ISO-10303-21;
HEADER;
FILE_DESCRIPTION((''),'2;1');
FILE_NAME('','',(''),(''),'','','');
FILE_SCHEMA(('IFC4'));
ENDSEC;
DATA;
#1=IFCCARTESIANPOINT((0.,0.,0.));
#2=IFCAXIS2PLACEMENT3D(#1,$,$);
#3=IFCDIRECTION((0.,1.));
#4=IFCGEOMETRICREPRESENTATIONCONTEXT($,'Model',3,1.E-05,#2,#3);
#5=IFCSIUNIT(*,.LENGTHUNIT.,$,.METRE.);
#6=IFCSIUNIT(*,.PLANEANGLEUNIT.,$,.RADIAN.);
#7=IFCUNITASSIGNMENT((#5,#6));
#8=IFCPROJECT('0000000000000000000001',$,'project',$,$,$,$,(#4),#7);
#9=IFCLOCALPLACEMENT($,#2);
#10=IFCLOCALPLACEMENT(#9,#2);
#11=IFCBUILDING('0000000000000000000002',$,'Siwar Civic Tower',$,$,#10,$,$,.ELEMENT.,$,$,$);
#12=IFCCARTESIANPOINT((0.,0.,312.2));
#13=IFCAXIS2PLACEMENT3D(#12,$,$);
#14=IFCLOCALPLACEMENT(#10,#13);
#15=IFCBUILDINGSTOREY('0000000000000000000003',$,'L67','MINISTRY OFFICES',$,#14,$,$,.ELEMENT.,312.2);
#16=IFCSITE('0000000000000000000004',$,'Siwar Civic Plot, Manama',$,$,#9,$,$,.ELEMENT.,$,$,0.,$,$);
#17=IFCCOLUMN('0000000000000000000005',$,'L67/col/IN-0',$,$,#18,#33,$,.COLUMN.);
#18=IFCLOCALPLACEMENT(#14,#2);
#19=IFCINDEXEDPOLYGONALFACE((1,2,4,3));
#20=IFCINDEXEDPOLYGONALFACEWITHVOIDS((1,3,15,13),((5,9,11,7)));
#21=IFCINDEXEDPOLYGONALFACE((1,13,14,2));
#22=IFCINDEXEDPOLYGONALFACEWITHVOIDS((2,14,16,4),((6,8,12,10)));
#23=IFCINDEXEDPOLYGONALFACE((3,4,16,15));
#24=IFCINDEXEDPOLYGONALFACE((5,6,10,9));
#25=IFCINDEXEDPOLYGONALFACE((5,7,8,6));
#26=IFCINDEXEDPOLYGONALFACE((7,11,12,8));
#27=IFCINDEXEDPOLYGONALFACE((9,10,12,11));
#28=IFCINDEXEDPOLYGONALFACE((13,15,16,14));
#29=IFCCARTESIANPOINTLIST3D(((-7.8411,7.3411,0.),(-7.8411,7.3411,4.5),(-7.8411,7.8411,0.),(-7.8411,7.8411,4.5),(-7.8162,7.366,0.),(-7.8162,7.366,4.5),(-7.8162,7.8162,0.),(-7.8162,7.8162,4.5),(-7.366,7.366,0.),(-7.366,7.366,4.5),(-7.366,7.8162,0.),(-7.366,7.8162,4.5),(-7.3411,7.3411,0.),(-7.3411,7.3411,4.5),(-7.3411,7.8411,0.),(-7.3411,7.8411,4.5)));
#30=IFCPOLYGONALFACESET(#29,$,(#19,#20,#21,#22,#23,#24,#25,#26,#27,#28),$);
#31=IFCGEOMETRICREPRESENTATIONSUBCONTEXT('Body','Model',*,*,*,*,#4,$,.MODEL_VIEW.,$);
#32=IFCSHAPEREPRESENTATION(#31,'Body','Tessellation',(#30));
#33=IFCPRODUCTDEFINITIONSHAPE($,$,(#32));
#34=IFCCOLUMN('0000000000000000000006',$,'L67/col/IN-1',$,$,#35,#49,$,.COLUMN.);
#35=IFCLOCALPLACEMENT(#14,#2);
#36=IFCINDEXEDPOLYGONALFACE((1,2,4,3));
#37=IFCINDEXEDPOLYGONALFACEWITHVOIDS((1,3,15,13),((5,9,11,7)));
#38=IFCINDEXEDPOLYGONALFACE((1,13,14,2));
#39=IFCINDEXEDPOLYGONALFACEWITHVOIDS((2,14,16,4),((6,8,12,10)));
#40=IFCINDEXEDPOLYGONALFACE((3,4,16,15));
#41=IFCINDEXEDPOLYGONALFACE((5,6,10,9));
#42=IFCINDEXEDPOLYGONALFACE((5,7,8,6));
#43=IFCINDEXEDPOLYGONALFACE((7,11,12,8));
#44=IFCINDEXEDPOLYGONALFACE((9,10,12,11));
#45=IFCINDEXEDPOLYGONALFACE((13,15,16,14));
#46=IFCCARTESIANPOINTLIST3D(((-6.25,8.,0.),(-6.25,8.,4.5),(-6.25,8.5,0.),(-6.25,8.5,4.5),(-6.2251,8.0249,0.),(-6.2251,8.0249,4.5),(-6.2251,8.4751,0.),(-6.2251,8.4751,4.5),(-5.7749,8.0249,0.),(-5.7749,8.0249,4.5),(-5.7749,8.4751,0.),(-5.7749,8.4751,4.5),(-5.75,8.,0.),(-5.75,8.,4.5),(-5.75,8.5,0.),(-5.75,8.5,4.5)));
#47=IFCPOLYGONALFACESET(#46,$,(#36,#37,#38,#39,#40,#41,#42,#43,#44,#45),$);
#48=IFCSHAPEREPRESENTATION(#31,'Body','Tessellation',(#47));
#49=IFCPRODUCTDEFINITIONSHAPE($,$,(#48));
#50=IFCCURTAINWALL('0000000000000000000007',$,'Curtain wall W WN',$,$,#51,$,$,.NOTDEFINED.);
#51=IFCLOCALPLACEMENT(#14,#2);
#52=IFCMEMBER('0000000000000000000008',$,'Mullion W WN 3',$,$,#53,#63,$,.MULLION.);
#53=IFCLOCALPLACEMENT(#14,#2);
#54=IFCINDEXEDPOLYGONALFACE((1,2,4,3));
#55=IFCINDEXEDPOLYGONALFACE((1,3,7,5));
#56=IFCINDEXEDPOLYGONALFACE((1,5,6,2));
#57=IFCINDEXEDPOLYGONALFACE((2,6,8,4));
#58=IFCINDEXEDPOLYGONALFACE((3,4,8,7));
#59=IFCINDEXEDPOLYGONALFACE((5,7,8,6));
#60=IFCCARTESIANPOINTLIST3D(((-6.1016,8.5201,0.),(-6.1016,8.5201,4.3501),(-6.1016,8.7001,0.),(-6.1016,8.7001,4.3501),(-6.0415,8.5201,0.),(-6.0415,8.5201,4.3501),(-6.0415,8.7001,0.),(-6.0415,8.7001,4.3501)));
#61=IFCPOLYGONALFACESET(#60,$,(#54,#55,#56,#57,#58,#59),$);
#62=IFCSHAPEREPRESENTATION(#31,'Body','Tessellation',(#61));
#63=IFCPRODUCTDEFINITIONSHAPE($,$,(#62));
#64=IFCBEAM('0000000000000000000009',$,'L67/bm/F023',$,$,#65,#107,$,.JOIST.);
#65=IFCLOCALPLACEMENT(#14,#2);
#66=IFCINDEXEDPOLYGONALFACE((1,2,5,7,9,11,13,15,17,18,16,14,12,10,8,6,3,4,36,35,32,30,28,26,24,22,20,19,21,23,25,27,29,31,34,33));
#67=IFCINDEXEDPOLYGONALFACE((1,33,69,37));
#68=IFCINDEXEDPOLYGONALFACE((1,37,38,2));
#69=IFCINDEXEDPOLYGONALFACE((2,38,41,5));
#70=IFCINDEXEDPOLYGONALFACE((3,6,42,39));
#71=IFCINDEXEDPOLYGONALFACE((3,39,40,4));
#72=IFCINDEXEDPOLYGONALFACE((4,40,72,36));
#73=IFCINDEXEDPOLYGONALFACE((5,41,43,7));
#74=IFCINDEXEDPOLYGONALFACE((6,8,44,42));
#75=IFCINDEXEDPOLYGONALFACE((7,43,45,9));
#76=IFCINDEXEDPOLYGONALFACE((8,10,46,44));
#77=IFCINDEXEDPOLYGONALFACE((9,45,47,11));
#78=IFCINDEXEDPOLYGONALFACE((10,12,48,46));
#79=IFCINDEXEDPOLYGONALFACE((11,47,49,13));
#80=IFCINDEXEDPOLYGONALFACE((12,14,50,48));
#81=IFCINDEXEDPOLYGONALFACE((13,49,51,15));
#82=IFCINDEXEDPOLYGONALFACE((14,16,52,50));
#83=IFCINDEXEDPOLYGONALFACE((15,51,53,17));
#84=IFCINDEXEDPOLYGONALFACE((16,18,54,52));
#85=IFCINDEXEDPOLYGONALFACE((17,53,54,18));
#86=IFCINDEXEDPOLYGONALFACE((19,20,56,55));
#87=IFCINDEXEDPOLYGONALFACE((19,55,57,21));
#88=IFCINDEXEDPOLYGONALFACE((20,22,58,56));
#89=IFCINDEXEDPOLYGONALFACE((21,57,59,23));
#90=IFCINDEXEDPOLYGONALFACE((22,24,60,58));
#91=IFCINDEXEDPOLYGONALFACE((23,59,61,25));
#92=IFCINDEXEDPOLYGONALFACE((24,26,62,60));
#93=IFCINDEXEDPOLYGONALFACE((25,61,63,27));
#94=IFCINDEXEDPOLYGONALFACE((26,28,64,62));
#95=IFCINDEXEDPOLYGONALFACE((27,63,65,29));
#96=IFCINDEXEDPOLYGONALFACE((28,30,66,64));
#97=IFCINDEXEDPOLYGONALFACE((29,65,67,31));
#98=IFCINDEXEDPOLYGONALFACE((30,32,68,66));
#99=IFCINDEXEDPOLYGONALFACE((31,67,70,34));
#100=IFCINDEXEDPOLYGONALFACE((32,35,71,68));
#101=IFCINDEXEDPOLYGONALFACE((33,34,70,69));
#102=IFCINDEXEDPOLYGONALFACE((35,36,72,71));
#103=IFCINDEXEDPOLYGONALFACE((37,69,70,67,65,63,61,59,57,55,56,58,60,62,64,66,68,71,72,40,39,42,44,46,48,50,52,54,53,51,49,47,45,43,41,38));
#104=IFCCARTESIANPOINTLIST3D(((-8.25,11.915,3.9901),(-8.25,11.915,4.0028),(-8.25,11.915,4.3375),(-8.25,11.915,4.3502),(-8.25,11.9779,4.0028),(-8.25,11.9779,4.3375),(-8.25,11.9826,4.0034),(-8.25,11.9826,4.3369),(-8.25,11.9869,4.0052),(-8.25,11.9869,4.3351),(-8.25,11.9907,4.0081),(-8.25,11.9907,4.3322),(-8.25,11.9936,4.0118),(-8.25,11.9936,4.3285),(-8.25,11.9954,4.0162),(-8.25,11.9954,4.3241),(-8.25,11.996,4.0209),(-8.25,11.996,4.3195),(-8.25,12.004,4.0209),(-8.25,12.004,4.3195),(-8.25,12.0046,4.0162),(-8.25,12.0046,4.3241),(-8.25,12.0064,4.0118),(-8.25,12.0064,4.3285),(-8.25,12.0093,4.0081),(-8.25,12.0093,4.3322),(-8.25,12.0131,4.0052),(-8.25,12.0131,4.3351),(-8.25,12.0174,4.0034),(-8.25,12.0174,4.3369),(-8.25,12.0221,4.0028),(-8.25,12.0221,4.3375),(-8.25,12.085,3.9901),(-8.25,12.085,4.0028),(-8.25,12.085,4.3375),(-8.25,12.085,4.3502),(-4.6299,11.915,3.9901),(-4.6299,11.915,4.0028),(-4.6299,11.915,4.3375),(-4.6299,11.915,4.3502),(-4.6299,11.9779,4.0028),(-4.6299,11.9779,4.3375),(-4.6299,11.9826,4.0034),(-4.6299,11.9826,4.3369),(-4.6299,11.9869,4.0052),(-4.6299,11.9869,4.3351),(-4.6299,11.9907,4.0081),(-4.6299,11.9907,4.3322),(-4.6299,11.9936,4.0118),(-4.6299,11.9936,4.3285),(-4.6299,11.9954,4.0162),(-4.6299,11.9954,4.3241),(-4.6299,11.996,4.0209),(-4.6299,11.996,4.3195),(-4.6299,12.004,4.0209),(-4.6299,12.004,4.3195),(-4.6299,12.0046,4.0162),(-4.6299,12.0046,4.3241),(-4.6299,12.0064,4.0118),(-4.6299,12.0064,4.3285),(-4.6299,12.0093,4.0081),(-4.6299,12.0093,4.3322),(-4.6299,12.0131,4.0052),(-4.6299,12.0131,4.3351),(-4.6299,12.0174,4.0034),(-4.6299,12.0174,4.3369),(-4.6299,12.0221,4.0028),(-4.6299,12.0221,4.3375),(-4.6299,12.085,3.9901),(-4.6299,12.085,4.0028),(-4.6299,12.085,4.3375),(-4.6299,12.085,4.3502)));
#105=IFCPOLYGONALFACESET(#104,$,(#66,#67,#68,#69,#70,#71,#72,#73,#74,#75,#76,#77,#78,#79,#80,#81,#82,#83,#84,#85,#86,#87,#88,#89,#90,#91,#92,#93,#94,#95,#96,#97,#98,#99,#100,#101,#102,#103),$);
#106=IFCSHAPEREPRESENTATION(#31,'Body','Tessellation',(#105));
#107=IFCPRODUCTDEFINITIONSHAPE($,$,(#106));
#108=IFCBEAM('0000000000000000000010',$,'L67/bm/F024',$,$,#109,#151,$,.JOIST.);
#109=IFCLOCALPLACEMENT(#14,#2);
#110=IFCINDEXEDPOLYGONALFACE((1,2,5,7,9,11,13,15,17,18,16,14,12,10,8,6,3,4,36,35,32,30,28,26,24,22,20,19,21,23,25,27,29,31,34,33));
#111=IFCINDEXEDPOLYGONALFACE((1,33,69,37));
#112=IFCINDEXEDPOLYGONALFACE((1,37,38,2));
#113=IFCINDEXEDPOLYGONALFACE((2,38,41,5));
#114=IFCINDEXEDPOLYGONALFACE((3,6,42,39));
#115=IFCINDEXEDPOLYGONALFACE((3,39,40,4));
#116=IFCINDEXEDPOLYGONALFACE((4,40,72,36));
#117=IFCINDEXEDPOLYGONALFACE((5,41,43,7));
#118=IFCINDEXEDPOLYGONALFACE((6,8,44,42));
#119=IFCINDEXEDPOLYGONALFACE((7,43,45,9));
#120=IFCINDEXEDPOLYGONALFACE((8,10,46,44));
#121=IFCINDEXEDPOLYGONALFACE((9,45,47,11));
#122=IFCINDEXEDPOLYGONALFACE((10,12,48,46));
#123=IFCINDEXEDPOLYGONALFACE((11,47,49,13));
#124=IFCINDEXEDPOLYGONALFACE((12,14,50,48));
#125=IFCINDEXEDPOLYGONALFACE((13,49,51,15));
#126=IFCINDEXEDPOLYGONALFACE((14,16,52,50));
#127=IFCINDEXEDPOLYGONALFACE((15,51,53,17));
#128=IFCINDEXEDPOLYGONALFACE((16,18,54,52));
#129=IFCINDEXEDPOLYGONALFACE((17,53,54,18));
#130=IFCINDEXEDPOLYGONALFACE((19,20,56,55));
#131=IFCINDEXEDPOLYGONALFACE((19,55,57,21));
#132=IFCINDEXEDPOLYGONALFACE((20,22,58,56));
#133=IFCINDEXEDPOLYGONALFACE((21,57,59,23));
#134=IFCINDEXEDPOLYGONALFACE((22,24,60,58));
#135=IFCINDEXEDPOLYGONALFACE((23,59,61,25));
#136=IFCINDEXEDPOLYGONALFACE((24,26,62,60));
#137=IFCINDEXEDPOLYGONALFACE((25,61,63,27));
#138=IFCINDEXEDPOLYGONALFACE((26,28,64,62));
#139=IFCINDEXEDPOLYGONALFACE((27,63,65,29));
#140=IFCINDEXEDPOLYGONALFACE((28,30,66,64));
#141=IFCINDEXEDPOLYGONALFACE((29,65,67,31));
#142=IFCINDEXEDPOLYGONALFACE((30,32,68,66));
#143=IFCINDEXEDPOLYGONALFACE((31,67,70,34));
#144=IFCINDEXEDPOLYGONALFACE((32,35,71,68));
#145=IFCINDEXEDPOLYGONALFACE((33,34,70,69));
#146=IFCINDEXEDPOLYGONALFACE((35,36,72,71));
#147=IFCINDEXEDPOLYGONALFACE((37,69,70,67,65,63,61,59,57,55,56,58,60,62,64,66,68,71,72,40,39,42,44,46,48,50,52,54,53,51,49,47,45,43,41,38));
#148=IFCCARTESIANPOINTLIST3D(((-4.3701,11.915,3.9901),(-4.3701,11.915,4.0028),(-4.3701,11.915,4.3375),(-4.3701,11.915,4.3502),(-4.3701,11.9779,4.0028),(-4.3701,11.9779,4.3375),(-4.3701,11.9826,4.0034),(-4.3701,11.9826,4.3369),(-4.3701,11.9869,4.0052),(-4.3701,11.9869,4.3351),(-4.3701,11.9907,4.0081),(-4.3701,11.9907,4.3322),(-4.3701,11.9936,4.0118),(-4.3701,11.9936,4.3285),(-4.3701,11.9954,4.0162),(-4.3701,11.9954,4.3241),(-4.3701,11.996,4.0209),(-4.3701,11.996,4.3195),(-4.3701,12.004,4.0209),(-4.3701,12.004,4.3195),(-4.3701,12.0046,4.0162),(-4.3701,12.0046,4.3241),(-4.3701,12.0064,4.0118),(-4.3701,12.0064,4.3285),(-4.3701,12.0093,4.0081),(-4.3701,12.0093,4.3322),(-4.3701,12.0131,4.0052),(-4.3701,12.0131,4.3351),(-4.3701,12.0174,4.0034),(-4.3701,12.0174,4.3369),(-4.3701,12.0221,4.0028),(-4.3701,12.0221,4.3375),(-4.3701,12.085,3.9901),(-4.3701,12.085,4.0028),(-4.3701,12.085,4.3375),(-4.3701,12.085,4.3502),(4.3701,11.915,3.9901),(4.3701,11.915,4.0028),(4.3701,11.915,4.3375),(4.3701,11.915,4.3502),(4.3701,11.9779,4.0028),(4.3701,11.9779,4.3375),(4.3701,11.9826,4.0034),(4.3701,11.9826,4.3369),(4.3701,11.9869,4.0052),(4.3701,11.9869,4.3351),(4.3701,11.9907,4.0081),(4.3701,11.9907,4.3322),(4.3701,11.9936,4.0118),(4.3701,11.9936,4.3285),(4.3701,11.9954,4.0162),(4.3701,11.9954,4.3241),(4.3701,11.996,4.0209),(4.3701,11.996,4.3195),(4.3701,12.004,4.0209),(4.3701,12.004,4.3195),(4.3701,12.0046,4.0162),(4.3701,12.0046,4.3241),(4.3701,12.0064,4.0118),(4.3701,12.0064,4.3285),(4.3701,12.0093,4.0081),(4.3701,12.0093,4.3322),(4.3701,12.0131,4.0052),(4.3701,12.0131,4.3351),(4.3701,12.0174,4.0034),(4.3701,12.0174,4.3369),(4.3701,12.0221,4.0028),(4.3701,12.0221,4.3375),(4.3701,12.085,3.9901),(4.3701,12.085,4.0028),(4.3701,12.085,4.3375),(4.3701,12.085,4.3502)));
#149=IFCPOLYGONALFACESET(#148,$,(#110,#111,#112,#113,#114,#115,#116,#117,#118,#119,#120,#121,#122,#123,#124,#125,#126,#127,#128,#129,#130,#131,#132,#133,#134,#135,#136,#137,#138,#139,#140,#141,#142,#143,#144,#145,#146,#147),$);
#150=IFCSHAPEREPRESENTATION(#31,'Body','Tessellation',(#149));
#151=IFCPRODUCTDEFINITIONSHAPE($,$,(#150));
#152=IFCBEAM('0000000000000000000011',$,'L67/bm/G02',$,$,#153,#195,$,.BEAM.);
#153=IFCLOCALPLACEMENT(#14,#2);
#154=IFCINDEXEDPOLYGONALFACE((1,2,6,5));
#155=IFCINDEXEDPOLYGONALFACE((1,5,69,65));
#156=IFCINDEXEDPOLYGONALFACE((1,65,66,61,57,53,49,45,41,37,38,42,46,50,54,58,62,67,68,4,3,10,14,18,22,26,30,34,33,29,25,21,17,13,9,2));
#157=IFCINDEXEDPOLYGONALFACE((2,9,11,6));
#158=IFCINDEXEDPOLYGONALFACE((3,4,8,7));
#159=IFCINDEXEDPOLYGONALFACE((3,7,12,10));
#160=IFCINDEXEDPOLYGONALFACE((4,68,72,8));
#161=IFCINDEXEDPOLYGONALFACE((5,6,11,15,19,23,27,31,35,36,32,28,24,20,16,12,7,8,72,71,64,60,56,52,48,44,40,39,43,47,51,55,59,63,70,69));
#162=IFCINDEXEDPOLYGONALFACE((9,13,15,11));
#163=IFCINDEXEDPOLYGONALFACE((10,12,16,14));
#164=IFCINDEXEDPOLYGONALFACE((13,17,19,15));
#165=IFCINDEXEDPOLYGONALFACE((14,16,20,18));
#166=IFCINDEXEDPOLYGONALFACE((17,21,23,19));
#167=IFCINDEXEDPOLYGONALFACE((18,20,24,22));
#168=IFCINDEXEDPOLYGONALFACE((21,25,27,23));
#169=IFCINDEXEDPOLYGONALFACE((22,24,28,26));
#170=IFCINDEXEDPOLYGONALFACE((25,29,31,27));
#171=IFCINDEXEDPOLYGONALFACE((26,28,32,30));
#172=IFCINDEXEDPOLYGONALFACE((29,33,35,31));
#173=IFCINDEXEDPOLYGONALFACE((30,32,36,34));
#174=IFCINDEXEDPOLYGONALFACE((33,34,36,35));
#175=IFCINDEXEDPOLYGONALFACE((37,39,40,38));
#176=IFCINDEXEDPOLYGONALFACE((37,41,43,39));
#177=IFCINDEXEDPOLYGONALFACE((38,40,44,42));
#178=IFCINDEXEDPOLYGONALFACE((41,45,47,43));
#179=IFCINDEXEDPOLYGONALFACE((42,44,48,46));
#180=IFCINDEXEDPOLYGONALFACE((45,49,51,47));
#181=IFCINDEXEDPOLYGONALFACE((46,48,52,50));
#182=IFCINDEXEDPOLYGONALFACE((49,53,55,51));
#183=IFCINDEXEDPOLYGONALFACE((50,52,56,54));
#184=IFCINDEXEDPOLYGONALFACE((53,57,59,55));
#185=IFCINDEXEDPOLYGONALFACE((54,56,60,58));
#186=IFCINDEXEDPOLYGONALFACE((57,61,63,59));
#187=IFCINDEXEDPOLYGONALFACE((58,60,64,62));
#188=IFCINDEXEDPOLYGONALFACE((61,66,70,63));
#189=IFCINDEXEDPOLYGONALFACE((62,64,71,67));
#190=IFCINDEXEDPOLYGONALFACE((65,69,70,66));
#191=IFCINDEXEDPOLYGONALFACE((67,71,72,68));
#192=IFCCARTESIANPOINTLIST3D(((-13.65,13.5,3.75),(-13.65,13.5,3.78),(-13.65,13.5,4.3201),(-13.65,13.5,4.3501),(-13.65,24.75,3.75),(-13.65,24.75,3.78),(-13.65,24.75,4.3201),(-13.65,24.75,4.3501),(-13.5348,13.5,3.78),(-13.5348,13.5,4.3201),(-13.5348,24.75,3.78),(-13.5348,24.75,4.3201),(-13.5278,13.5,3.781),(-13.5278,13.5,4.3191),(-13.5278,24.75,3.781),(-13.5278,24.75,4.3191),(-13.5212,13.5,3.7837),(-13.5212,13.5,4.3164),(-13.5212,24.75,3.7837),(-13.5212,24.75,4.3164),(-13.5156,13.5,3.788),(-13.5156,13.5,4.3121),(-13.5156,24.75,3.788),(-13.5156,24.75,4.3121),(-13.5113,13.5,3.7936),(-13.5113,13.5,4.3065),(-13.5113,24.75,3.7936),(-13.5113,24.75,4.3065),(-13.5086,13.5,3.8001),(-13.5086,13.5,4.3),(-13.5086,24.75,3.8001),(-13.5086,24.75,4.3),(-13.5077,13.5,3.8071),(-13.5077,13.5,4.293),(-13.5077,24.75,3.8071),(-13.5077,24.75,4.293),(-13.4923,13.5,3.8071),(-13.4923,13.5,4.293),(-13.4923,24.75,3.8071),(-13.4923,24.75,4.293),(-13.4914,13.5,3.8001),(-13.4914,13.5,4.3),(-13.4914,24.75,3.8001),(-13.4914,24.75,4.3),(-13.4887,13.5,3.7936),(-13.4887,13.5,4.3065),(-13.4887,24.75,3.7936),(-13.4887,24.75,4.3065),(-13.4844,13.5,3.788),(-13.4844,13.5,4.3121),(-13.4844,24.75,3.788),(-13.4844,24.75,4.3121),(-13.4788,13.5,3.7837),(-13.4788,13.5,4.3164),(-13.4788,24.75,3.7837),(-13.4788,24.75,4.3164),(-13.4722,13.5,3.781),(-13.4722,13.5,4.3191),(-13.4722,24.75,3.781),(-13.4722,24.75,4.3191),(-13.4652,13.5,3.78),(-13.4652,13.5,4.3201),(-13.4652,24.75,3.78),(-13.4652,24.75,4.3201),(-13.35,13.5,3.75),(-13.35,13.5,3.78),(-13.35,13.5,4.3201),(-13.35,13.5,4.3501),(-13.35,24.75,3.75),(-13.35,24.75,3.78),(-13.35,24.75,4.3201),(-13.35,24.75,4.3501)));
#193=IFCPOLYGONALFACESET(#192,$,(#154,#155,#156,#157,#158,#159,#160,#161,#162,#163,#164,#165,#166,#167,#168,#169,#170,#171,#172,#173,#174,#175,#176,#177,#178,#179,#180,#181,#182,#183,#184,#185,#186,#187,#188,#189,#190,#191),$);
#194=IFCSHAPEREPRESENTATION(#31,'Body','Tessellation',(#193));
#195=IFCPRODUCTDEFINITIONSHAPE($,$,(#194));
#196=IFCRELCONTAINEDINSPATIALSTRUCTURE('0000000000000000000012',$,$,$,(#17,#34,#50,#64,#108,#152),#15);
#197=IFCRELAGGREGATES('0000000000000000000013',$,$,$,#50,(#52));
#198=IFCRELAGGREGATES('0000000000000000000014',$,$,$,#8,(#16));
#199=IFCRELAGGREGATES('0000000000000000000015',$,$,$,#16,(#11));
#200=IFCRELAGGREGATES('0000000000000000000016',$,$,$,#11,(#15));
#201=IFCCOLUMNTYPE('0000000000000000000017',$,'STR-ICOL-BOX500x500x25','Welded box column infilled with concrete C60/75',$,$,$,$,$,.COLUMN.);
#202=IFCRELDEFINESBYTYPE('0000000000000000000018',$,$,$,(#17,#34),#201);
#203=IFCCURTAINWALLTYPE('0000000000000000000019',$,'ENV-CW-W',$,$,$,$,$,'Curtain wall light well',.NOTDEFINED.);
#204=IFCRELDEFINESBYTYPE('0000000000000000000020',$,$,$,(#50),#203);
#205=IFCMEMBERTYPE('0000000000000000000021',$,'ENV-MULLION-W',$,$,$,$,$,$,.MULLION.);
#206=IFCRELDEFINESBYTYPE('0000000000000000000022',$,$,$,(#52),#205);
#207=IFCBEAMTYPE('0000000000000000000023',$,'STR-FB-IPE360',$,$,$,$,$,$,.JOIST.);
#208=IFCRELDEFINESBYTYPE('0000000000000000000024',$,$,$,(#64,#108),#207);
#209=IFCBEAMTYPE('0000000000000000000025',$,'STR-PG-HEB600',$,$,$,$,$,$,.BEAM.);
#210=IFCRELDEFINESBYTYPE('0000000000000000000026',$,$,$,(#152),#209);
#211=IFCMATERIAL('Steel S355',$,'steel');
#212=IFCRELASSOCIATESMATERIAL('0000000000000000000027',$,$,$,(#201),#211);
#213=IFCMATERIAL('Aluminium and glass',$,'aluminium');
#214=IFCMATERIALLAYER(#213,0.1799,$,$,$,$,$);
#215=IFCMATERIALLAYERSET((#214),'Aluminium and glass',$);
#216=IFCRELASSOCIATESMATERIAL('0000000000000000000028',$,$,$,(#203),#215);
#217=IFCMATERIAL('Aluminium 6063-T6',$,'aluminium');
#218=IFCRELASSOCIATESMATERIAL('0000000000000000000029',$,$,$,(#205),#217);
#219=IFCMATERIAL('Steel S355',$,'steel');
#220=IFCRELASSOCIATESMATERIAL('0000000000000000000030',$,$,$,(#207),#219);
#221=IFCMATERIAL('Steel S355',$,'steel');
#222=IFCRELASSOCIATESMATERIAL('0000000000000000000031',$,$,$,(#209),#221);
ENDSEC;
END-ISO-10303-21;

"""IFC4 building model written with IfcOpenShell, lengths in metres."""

from ifc_helpers import new_model, si_unit, direction, frame, origin, origin_2d, place, context, subcontext, project, spatial, rectangle, hollow_rectangle, i_section, extrude, material, layer, layer_set, material_profile, profile_set, type_object, element, aggregate, save


model = new_model("IFC4")

# Units and contexts
model_context = context("Model", 3, precision=1e-05, world=origin(), true_north=direction((0.0, 1.0)))
body_context = subcontext(model_context, "Body", "Model", "MODEL_VIEW")
ifc_project = project(units=[si_unit("LENGTHUNIT", "METRE"), si_unit("PLANEANGLEUNIT", "RADIAN")], contexts=[model_context])

# Site, building, storey
site_placement = place(None, origin())
site = spatial("IfcSite", under=ifc_project, at=site_placement, Name="Siwar Civic Plot, Manama", CompositionType="ELEMENT", RefElevation=0.0)
building_placement = place(site_placement, origin())
building = spatial("IfcBuilding", under=site, at=building_placement, Name="Siwar Civic Tower", CompositionType="ELEMENT")
storey_placement = place(building_placement, frame((0.0, 0.0, 312.2)))
storey = spatial("IfcBuildingStorey", under=building, at=storey_placement, Name="L67", Description="MINISTRY OFFICES", CompositionType="ELEMENT", Elevation=312.2)

# Columns
ifc_material_1 = material(Name="Steel S355", Category="steel")
ifc_material_profile_1 = material_profile(ifc_material_1, hollow_rectangle(XDim=0.5, YDim=0.5, WallThickness=0.0249, at=origin_2d()), Name="BOX500x500x25")
ifc_profile_set_1 = profile_set([ifc_material_profile_1], Name="Steel S355")
column_type = type_object("IfcColumnType", Name="STR-ICOL-BOX500x500x25", Description="Welded box column infilled with concrete C60/75", PredefinedType="COLUMN", material=ifc_profile_set_1)
for number, where, z_axis, x_axis, name in (
    (1, (-7.5911, 7.5911, 0.0), (0.0, 0.0, 1.0), (1.0, 0.0, 0.0), "L67/col/IN-0"),
    (2, (-6.0, 8.25, 0.0), (0.0, 0.0, 1.0), (1.0, 0.0, 0.0), "L67/col/IN-1"),
):
    element("IfcColumn", number, at=place(storey_placement, frame(where, z_axis=z_axis, x_axis=x_axis)), inside=storey, type_object=column_type, Name=name, PredefinedType="COLUMN", context=body_context, shape_type="SweptSolid", body=[
        extrude(hollow_rectangle(XDim=0.5, YDim=0.5, WallThickness=0.0249, at=origin_2d()), origin(), (0.0, 0.0, 1.0), 4.5),
    ])

# Curtain wall, member
ifc_material_2 = material(Name="Aluminium and glass", Category="aluminium")
ifc_layer_1 = layer(ifc_material_2, 0.1799)
ifc_layer_set_1 = layer_set([ifc_layer_1], Name="Aluminium and glass")
curtain_wall_type = type_object("IfcCurtainWallType", Name="ENV-CW-W", ElementType="Curtain wall light well", PredefinedType="NOTDEFINED", material=ifc_layer_set_1)
curtain_wall_placement = place(storey_placement, origin())
curtain_wall = element("IfcCurtainWall", 3, at=curtain_wall_placement, inside=storey, type_object=curtain_wall_type, Name="Curtain wall W WN", PredefinedType="NOTDEFINED")
ifc_material_3 = material(Name="Aluminium 6063-T6", Category="aluminium")
ifc_material_profile_2 = material_profile(ifc_material_3, rectangle(XDim=0.1799, YDim=0.0601, at=origin_2d()), Name="AL 180x60")
ifc_profile_set_2 = profile_set([ifc_material_profile_2], Name="Aluminium 6063-T6")
member_type = type_object("IfcMemberType", Name="ENV-MULLION-W", PredefinedType="MULLION", material=ifc_profile_set_2)
member_placement = place(storey_placement, frame((-6.0715, 8.6101, 0.0), z_axis=(0.0, 0.0, 1.0), x_axis=(0.0, -1.0, 0.0)))
member = element("IfcMember", 4, at=member_placement, type_object=member_type, Name="Mullion W WN 3", PredefinedType="MULLION", context=body_context, shape_type="SweptSolid", body=[
    extrude(rectangle(XDim=0.1799, YDim=0.0601, at=origin_2d()), origin(), (0.0, 0.0, 1.0), 4.3501),
])

# Beams
ifc_material_4 = material(Name="Steel S355", Category="steel")
ifc_material_profile_3 = material_profile(ifc_material_4, i_section(OverallWidth=0.1699, OverallDepth=0.3601, WebThickness=0.0081, FlangeThickness=0.0127, FilletRadius=0.0181, at=origin_2d()), Name="IPE360")
ifc_profile_set_3 = profile_set([ifc_material_profile_3], Name="Steel S355")
beam_type_1 = type_object("IfcBeamType", Name="STR-FB-IPE360", PredefinedType="JOIST", material=ifc_profile_set_3)
beam_1_placement = place(storey_placement, frame((-8.25, 12.0, 4.1702), z_axis=(1.0, 0.0, 0.0), x_axis=(0.0, 1.0, 0.0)))
element("IfcBeam", 5, at=beam_1_placement, inside=storey, type_object=beam_type_1, Name="L67/bm/F023", PredefinedType="JOIST", context=body_context, shape_type="SweptSolid", body=[
    extrude(i_section(OverallWidth=0.1699, OverallDepth=0.3601, WebThickness=0.0081, FlangeThickness=0.0127, FilletRadius=0.0181, at=origin_2d()), origin(), (0.0, 0.0, 1.0), 3.6201),
])
beam_2_placement = place(storey_placement, frame((-4.3701, 12.0, 4.1702), z_axis=(1.0, 0.0, 0.0), x_axis=(0.0, 1.0, 0.0)))
element("IfcBeam", 6, at=beam_2_placement, inside=storey, type_object=beam_type_1, Name="L67/bm/F024", PredefinedType="JOIST", context=body_context, shape_type="SweptSolid", body=[
    extrude(i_section(OverallWidth=0.1699, OverallDepth=0.3601, WebThickness=0.0081, FlangeThickness=0.0127, FilletRadius=0.0181, at=origin_2d()), origin(), (0.0, 0.0, 1.0), 8.7402),
])
ifc_material_5 = material(Name="Steel S355", Category="steel")
ifc_material_profile_4 = material_profile(ifc_material_5, i_section(OverallWidth=0.3, OverallDepth=0.6001, WebThickness=0.0154, FlangeThickness=0.03, FilletRadius=0.0271, at=origin_2d()), Name="HEB600")
ifc_profile_set_4 = profile_set([ifc_material_profile_4], Name="Steel S355")
beam_type_2 = type_object("IfcBeamType", Name="STR-PG-HEB600", PredefinedType="BEAM", material=ifc_profile_set_4)
beam_3_placement = place(storey_placement, frame((-13.5, 13.5, 4.05), z_axis=(0.0, 1.0, 0.0), x_axis=(-1.0, 0.0, 0.0)))
element("IfcBeam", 7, at=beam_3_placement, inside=storey, type_object=beam_type_2, Name="L67/bm/G02", PredefinedType="BEAM", context=body_context, shape_type="SweptSolid", body=[
    extrude(i_section(OverallWidth=0.3, OverallDepth=0.6001, WebThickness=0.0154, FlangeThickness=0.03, FilletRadius=0.0271, at=origin_2d()), origin(), (0.0, 0.0, 1.0), 11.25),
])

aggregate(curtain_wall, [member])

save(model, "model.ifc")
